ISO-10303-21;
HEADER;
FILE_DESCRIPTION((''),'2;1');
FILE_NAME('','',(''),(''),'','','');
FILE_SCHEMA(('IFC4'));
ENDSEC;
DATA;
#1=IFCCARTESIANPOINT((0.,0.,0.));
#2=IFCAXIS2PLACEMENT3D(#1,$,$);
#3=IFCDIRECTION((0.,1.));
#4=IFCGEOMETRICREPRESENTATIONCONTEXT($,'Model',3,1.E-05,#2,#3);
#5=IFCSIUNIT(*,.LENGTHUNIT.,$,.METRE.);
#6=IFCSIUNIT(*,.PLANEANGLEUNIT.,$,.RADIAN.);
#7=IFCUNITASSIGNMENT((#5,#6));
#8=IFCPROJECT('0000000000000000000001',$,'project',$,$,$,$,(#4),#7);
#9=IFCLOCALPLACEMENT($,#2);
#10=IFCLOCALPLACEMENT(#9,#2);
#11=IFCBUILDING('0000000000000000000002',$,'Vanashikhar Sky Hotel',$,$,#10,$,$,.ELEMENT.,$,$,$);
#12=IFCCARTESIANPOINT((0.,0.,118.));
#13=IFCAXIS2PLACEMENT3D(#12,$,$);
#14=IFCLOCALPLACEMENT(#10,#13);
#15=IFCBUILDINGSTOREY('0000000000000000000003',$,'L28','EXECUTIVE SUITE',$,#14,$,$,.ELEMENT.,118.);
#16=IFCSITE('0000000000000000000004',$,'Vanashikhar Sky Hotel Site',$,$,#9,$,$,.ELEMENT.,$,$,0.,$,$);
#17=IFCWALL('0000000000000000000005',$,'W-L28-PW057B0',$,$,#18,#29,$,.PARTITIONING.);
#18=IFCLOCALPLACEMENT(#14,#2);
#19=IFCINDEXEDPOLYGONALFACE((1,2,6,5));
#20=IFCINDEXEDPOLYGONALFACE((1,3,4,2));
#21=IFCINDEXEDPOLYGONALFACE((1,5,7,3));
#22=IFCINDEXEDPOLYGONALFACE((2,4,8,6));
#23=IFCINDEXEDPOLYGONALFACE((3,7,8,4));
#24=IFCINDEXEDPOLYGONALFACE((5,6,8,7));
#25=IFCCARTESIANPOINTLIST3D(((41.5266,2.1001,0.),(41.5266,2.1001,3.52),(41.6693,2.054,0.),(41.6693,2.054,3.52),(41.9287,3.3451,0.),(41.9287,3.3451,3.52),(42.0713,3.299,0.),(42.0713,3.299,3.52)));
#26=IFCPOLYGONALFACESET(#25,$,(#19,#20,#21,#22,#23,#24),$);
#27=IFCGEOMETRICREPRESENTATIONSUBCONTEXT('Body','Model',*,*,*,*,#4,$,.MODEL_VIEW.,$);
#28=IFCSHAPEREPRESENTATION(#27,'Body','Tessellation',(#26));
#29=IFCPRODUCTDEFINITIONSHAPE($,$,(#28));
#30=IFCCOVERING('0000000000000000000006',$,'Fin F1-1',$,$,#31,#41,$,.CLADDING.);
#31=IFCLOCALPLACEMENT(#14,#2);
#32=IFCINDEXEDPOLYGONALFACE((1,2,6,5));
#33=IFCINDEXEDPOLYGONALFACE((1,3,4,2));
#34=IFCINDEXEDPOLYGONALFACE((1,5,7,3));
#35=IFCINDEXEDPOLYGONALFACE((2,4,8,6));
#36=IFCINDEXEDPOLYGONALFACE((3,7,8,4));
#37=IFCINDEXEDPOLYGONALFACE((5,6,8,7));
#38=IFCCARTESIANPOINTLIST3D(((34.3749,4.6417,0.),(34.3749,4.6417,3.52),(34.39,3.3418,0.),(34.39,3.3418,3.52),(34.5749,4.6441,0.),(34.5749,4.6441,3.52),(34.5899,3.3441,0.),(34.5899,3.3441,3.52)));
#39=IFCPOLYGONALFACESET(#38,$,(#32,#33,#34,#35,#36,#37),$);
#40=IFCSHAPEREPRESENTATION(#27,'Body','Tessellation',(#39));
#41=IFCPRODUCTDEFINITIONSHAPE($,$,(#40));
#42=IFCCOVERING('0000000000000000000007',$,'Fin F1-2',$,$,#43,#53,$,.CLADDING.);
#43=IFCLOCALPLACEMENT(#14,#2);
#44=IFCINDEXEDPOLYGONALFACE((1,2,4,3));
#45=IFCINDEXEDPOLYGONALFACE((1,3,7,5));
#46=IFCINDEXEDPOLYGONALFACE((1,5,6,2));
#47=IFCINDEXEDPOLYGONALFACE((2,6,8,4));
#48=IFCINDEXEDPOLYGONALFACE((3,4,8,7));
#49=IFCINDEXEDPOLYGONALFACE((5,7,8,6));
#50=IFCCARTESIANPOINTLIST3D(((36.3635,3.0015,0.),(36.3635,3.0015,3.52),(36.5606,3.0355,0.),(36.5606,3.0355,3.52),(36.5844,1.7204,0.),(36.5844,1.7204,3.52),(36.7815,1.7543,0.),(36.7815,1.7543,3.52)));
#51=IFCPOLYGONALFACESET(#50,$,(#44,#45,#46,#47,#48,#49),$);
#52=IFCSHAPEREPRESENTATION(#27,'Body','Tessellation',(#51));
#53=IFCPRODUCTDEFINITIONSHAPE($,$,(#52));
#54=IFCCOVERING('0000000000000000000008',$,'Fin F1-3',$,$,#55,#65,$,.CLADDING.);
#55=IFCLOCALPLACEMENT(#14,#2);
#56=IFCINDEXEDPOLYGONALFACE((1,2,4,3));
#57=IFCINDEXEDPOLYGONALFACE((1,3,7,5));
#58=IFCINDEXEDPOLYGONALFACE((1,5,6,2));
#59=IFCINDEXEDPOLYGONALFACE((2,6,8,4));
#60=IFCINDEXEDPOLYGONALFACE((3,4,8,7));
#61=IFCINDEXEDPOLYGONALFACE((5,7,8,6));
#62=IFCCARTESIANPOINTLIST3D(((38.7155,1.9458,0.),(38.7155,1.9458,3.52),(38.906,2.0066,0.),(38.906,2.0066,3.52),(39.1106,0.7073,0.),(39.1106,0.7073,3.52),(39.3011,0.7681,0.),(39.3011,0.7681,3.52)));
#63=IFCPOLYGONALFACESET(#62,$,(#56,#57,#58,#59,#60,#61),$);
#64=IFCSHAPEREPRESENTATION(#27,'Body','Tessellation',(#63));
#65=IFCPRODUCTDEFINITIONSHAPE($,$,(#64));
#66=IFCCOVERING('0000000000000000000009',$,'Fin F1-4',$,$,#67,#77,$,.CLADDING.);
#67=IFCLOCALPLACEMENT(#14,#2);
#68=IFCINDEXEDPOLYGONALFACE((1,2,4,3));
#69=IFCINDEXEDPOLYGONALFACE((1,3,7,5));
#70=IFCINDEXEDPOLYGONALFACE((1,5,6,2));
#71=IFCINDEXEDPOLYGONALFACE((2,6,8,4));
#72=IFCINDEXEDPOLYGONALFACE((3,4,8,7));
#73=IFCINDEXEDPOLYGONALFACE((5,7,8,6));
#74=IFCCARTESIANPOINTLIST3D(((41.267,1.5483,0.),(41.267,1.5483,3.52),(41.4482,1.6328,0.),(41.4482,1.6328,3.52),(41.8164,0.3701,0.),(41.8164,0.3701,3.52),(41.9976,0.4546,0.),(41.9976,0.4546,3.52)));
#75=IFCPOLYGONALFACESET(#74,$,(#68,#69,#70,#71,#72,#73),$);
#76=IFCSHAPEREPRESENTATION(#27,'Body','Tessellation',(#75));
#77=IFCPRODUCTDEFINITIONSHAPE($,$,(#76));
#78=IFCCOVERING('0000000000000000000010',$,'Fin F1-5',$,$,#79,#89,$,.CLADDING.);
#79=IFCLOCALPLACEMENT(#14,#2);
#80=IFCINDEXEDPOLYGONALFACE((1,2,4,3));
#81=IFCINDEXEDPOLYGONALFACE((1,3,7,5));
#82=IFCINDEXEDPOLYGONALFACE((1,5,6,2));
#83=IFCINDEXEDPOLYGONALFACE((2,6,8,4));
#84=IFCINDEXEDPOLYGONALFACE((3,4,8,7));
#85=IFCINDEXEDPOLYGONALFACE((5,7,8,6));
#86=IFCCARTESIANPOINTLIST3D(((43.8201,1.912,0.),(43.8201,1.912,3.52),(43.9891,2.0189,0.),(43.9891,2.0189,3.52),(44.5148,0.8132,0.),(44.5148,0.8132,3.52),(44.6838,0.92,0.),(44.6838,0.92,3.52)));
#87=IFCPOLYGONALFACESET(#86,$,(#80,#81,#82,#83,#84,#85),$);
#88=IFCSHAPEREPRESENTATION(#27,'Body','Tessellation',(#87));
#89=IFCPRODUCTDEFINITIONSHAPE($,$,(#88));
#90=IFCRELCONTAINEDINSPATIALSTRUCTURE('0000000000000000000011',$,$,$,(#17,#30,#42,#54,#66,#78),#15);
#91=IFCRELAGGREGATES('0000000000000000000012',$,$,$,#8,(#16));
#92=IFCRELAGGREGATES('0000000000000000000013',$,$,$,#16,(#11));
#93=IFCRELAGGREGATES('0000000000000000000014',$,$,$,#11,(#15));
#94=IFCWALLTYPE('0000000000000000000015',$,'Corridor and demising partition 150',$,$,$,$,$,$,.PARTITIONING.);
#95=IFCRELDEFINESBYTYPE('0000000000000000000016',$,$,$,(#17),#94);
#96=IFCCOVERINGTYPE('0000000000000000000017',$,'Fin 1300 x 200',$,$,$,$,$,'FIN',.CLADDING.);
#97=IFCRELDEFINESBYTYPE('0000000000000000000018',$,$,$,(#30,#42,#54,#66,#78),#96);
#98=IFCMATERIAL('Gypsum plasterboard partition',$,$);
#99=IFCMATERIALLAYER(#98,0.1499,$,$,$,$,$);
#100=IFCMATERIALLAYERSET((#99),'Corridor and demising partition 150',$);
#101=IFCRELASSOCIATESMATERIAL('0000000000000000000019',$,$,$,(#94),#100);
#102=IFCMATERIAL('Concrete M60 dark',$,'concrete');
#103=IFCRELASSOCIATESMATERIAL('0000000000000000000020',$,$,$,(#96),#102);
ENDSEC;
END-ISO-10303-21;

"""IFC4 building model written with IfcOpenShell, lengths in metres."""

from ifc_helpers import new_model, si_unit, direction, frame, frame_2d, origin, origin_2d, place, context, subcontext, project, spatial, rectangle, extrude, source, transform, mapped, material, layer, layer_set, material_profile, profile_set, type_object, element, save


model = new_model("IFC4")

# Units and contexts
model_context = context("Model", 3, precision=1e-05, world=origin(), true_north=direction((0.0, 1.0)))
body_context = subcontext(model_context, "Body", "Model", "MODEL_VIEW")
ifc_project = project(units=[si_unit("LENGTHUNIT", "METRE"), si_unit("PLANEANGLEUNIT", "RADIAN")], contexts=[model_context])

# Site, building, storey
site_placement = place(None, origin())
site = spatial("IfcSite", under=ifc_project, at=site_placement, Name="Vanashikhar Sky Hotel Site", CompositionType="ELEMENT", RefElevation=0.0)
building_placement = place(site_placement, origin())
building = spatial("IfcBuilding", under=site, at=building_placement, Name="Vanashikhar Sky Hotel", CompositionType="ELEMENT")
storey_placement = place(building_placement, frame((0.0, 0.0, 118.0)))
storey = spatial("IfcBuildingStorey", under=building, at=storey_placement, Name="L28", Description="EXECUTIVE SUITE", CompositionType="ELEMENT", Elevation=118.0)

# Wall
ifc_material_1 = material(Name="Gypsum plasterboard partition")
ifc_layer_1 = layer(ifc_material_1, 0.1499)
ifc_layer_set_1 = layer_set([ifc_layer_1], Name="Corridor and demising partition 150")
wall_type_1 = type_object("IfcWallType", Name="Corridor and demising partition 150", PredefinedType="PARTITIONING", material=ifc_layer_set_1)
shared_shape_1 = source(origin(), body_context, "Body", "SweptSolid", [
    extrude(rectangle(XDim=1.3083, YDim=0.1499, at=frame_2d((0.6543, 0.0))), origin(), (0.0, 0.0, 1.0), 3.52),
])
wall_1_placement = place(storey_placement, frame((41.5979, 2.0769, 0.0), z_axis=(0.0, 0.0, 1.0), x_axis=(0.307314, 0.951608, 0.0)))
element("IfcWall", 1, at=wall_1_placement, inside=storey, type_object=wall_type_1, Name="W-L28-PW057B0", PredefinedType="PARTITIONING", context=body_context, shape_type="MappedRepresentation", body=[
    mapped(shared_shape_1, transform((0.0, 0.0, 0.0), scale=1.0)),
])

# Coverings
ifc_material_2 = material(Name="Concrete M60 dark", Category="concrete")
ifc_material_profile = material_profile(ifc_material_2, rectangle(XDim=1.3, YDim=0.2, at=origin_2d()))
ifc_profile_set = profile_set([ifc_material_profile], Name="Fin 1300 x 200")
covering_type = type_object("IfcCoveringType", Name="Fin 1300 x 200", ElementType="FIN", PredefinedType="CLADDING", material=ifc_profile_set)
shared_shape_2 = source(origin(), body_context, "Body", "SweptSolid", [
    extrude(rectangle(XDim=1.3, YDim=0.2, at=origin_2d()), origin(), (0.0, 0.0, 1.0), 3.52),
])
for number, where, z_axis, x_axis, name in (
    (2, (34.4824, 3.9929, 0.0), (0.0, 0.0, 1.0), (0.011589, -0.999933, 0.0), "Fin F1-1"),
    (3, (36.5725, 2.3779, 0.0), (0.0, 0.0, 1.0), (0.1699, -0.985461, 0.0), "Fin F1-2"),
    (4, (39.0083, 1.3569, 0.0), (0.0, 0.0, 1.0), (0.303967, -0.952683, 0.0), "Fin F1-3"),
    (5, (41.6323, 1.0015, 0.0), (0.0, 0.0, 1.0), (0.422618, -0.906308, 0.0), "Fin F1-4"),
    (6, (44.252, 1.416, 0.0), (0.0, 0.0, 1.0), (0.534411, -0.845225, 0.0), "Fin F1-5"),
):
    element("IfcCovering", number, at=place(storey_placement, frame(where, z_axis=z_axis, x_axis=x_axis)), inside=storey, type_object=covering_type, Name=name, PredefinedType="CLADDING", context=body_context, shape_type="MappedRepresentation", body=[
        mapped(shared_shape_2, transform((0.0, 0.0, 0.0), scale=1.0)),
    ])

save(model, "model.ifc")
